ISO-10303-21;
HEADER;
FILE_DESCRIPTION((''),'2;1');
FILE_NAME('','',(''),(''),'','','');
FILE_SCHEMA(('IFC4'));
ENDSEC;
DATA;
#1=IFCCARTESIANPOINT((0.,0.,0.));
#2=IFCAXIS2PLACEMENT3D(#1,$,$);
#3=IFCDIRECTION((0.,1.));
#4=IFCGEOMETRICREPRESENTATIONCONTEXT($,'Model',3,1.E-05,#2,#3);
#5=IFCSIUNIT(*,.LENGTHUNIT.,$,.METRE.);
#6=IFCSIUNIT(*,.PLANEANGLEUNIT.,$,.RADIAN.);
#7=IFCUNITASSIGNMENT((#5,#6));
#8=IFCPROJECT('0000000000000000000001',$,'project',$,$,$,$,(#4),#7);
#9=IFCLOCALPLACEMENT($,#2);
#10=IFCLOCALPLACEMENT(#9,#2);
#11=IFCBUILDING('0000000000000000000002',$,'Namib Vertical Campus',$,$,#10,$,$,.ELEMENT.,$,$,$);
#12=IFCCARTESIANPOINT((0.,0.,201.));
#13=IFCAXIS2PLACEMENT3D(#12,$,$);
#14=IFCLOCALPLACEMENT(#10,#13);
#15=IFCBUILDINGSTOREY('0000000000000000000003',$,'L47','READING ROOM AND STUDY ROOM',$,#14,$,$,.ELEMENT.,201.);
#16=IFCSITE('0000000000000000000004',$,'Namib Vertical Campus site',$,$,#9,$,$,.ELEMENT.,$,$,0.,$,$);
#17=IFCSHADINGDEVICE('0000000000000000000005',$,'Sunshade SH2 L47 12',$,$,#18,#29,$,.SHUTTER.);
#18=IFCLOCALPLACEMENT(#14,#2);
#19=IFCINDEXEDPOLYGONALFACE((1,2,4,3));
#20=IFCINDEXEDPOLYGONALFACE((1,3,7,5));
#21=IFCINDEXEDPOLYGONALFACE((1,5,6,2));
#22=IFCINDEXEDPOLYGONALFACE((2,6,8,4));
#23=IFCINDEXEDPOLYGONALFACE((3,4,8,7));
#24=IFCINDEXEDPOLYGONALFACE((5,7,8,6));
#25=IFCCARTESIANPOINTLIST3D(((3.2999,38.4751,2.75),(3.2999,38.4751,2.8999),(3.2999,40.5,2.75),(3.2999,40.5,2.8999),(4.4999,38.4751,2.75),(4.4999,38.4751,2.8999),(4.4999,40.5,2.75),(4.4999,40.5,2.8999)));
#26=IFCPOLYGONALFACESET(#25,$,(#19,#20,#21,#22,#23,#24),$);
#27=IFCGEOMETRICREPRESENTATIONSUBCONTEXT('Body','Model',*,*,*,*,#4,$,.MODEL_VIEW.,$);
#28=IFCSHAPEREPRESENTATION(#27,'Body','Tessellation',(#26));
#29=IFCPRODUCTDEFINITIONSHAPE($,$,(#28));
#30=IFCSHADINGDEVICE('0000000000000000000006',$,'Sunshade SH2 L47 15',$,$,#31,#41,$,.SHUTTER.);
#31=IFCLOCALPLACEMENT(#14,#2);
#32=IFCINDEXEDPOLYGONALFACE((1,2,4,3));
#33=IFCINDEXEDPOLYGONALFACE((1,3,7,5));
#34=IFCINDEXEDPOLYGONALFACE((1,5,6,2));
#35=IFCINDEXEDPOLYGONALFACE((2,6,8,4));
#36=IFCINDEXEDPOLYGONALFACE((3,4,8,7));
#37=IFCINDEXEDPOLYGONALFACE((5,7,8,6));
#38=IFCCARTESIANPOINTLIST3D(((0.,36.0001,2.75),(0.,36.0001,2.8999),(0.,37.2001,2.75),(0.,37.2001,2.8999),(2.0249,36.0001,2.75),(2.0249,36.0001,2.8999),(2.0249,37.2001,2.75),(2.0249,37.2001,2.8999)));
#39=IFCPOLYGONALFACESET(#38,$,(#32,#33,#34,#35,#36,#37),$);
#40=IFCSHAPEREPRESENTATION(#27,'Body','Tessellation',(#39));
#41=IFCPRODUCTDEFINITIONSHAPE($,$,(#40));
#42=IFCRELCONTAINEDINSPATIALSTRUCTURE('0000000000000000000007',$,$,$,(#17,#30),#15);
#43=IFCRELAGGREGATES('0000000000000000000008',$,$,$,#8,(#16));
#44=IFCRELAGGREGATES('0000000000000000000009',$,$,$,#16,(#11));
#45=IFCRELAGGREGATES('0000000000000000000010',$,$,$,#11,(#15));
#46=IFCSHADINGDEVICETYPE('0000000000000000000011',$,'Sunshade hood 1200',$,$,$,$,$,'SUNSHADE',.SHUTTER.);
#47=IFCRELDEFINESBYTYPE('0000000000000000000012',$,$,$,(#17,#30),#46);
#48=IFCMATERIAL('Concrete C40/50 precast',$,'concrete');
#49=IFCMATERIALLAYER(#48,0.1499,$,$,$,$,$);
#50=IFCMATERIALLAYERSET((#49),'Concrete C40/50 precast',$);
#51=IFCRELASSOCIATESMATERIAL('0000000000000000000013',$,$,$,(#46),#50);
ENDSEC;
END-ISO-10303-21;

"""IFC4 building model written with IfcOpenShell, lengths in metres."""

from ifc_helpers import new_model, si_unit, direction, frame, origin, origin_2d, place, context, subcontext, project, spatial, rectangle, extrude, material, layer, layer_set, type_object, element, save


model = new_model("IFC4")

# Units and contexts
model_context = context("Model", 3, precision=1e-05, world=origin(), true_north=direction((0.0, 1.0)))
body_context = subcontext(model_context, "Body", "Model", "MODEL_VIEW")
ifc_project = project(units=[si_unit("LENGTHUNIT", "METRE"), si_unit("PLANEANGLEUNIT", "RADIAN")], contexts=[model_context])

# Site, building, storey
site_placement = place(None, origin())
site = spatial("IfcSite", under=ifc_project, at=site_placement, Name="Namib Vertical Campus site", CompositionType="ELEMENT", RefElevation=0.0)
building_placement = place(site_placement, origin())
building = spatial("IfcBuilding", under=site, at=building_placement, Name="Namib Vertical Campus", CompositionType="ELEMENT")
storey_placement = place(building_placement, frame((0.0, 0.0, 201.0)))
storey = spatial("IfcBuildingStorey", under=building, at=storey_placement, Name="L47", Description="READING ROOM AND STUDY ROOM", CompositionType="ELEMENT", Elevation=201.0)

# Shading devices
ifc_material_1 = material(Name="Concrete C40/50 precast", Category="concrete")
ifc_layer_1 = layer(ifc_material_1, 0.1499)
ifc_layer_set_1 = layer_set([ifc_layer_1], Name="Concrete C40/50 precast")
shading_device_type = type_object("IfcShadingDeviceType", Name="Sunshade hood 1200", ElementType="SUNSHADE", PredefinedType="SHUTTER", material=ifc_layer_set_1)
for number, where, z_axis, x_axis, name in (
    (1, (3.8999, 39.4875, 2.75), (0.0, 0.0, 1.0), (0.0, -1.0, 0.0), "Sunshade SH2 L47 12"),
    (2, (1.0125, 36.6001, 2.75), (0.0, 0.0, 1.0), (-1.0, 0.0, 0.0), "Sunshade SH2 L47 15"),
):
    element("IfcShadingDevice", number, at=place(storey_placement, frame(where, z_axis=z_axis, x_axis=x_axis)), inside=storey, type_object=shading_device_type, Name=name, PredefinedType="SHUTTER", context=body_context, shape_type="SweptSolid", body=[
        extrude(rectangle(XDim=2.0249, YDim=1.2, at=origin_2d()), origin(), (0.0, 0.0, 1.0), 0.1499),
    ])

save(model, "model.ifc")
